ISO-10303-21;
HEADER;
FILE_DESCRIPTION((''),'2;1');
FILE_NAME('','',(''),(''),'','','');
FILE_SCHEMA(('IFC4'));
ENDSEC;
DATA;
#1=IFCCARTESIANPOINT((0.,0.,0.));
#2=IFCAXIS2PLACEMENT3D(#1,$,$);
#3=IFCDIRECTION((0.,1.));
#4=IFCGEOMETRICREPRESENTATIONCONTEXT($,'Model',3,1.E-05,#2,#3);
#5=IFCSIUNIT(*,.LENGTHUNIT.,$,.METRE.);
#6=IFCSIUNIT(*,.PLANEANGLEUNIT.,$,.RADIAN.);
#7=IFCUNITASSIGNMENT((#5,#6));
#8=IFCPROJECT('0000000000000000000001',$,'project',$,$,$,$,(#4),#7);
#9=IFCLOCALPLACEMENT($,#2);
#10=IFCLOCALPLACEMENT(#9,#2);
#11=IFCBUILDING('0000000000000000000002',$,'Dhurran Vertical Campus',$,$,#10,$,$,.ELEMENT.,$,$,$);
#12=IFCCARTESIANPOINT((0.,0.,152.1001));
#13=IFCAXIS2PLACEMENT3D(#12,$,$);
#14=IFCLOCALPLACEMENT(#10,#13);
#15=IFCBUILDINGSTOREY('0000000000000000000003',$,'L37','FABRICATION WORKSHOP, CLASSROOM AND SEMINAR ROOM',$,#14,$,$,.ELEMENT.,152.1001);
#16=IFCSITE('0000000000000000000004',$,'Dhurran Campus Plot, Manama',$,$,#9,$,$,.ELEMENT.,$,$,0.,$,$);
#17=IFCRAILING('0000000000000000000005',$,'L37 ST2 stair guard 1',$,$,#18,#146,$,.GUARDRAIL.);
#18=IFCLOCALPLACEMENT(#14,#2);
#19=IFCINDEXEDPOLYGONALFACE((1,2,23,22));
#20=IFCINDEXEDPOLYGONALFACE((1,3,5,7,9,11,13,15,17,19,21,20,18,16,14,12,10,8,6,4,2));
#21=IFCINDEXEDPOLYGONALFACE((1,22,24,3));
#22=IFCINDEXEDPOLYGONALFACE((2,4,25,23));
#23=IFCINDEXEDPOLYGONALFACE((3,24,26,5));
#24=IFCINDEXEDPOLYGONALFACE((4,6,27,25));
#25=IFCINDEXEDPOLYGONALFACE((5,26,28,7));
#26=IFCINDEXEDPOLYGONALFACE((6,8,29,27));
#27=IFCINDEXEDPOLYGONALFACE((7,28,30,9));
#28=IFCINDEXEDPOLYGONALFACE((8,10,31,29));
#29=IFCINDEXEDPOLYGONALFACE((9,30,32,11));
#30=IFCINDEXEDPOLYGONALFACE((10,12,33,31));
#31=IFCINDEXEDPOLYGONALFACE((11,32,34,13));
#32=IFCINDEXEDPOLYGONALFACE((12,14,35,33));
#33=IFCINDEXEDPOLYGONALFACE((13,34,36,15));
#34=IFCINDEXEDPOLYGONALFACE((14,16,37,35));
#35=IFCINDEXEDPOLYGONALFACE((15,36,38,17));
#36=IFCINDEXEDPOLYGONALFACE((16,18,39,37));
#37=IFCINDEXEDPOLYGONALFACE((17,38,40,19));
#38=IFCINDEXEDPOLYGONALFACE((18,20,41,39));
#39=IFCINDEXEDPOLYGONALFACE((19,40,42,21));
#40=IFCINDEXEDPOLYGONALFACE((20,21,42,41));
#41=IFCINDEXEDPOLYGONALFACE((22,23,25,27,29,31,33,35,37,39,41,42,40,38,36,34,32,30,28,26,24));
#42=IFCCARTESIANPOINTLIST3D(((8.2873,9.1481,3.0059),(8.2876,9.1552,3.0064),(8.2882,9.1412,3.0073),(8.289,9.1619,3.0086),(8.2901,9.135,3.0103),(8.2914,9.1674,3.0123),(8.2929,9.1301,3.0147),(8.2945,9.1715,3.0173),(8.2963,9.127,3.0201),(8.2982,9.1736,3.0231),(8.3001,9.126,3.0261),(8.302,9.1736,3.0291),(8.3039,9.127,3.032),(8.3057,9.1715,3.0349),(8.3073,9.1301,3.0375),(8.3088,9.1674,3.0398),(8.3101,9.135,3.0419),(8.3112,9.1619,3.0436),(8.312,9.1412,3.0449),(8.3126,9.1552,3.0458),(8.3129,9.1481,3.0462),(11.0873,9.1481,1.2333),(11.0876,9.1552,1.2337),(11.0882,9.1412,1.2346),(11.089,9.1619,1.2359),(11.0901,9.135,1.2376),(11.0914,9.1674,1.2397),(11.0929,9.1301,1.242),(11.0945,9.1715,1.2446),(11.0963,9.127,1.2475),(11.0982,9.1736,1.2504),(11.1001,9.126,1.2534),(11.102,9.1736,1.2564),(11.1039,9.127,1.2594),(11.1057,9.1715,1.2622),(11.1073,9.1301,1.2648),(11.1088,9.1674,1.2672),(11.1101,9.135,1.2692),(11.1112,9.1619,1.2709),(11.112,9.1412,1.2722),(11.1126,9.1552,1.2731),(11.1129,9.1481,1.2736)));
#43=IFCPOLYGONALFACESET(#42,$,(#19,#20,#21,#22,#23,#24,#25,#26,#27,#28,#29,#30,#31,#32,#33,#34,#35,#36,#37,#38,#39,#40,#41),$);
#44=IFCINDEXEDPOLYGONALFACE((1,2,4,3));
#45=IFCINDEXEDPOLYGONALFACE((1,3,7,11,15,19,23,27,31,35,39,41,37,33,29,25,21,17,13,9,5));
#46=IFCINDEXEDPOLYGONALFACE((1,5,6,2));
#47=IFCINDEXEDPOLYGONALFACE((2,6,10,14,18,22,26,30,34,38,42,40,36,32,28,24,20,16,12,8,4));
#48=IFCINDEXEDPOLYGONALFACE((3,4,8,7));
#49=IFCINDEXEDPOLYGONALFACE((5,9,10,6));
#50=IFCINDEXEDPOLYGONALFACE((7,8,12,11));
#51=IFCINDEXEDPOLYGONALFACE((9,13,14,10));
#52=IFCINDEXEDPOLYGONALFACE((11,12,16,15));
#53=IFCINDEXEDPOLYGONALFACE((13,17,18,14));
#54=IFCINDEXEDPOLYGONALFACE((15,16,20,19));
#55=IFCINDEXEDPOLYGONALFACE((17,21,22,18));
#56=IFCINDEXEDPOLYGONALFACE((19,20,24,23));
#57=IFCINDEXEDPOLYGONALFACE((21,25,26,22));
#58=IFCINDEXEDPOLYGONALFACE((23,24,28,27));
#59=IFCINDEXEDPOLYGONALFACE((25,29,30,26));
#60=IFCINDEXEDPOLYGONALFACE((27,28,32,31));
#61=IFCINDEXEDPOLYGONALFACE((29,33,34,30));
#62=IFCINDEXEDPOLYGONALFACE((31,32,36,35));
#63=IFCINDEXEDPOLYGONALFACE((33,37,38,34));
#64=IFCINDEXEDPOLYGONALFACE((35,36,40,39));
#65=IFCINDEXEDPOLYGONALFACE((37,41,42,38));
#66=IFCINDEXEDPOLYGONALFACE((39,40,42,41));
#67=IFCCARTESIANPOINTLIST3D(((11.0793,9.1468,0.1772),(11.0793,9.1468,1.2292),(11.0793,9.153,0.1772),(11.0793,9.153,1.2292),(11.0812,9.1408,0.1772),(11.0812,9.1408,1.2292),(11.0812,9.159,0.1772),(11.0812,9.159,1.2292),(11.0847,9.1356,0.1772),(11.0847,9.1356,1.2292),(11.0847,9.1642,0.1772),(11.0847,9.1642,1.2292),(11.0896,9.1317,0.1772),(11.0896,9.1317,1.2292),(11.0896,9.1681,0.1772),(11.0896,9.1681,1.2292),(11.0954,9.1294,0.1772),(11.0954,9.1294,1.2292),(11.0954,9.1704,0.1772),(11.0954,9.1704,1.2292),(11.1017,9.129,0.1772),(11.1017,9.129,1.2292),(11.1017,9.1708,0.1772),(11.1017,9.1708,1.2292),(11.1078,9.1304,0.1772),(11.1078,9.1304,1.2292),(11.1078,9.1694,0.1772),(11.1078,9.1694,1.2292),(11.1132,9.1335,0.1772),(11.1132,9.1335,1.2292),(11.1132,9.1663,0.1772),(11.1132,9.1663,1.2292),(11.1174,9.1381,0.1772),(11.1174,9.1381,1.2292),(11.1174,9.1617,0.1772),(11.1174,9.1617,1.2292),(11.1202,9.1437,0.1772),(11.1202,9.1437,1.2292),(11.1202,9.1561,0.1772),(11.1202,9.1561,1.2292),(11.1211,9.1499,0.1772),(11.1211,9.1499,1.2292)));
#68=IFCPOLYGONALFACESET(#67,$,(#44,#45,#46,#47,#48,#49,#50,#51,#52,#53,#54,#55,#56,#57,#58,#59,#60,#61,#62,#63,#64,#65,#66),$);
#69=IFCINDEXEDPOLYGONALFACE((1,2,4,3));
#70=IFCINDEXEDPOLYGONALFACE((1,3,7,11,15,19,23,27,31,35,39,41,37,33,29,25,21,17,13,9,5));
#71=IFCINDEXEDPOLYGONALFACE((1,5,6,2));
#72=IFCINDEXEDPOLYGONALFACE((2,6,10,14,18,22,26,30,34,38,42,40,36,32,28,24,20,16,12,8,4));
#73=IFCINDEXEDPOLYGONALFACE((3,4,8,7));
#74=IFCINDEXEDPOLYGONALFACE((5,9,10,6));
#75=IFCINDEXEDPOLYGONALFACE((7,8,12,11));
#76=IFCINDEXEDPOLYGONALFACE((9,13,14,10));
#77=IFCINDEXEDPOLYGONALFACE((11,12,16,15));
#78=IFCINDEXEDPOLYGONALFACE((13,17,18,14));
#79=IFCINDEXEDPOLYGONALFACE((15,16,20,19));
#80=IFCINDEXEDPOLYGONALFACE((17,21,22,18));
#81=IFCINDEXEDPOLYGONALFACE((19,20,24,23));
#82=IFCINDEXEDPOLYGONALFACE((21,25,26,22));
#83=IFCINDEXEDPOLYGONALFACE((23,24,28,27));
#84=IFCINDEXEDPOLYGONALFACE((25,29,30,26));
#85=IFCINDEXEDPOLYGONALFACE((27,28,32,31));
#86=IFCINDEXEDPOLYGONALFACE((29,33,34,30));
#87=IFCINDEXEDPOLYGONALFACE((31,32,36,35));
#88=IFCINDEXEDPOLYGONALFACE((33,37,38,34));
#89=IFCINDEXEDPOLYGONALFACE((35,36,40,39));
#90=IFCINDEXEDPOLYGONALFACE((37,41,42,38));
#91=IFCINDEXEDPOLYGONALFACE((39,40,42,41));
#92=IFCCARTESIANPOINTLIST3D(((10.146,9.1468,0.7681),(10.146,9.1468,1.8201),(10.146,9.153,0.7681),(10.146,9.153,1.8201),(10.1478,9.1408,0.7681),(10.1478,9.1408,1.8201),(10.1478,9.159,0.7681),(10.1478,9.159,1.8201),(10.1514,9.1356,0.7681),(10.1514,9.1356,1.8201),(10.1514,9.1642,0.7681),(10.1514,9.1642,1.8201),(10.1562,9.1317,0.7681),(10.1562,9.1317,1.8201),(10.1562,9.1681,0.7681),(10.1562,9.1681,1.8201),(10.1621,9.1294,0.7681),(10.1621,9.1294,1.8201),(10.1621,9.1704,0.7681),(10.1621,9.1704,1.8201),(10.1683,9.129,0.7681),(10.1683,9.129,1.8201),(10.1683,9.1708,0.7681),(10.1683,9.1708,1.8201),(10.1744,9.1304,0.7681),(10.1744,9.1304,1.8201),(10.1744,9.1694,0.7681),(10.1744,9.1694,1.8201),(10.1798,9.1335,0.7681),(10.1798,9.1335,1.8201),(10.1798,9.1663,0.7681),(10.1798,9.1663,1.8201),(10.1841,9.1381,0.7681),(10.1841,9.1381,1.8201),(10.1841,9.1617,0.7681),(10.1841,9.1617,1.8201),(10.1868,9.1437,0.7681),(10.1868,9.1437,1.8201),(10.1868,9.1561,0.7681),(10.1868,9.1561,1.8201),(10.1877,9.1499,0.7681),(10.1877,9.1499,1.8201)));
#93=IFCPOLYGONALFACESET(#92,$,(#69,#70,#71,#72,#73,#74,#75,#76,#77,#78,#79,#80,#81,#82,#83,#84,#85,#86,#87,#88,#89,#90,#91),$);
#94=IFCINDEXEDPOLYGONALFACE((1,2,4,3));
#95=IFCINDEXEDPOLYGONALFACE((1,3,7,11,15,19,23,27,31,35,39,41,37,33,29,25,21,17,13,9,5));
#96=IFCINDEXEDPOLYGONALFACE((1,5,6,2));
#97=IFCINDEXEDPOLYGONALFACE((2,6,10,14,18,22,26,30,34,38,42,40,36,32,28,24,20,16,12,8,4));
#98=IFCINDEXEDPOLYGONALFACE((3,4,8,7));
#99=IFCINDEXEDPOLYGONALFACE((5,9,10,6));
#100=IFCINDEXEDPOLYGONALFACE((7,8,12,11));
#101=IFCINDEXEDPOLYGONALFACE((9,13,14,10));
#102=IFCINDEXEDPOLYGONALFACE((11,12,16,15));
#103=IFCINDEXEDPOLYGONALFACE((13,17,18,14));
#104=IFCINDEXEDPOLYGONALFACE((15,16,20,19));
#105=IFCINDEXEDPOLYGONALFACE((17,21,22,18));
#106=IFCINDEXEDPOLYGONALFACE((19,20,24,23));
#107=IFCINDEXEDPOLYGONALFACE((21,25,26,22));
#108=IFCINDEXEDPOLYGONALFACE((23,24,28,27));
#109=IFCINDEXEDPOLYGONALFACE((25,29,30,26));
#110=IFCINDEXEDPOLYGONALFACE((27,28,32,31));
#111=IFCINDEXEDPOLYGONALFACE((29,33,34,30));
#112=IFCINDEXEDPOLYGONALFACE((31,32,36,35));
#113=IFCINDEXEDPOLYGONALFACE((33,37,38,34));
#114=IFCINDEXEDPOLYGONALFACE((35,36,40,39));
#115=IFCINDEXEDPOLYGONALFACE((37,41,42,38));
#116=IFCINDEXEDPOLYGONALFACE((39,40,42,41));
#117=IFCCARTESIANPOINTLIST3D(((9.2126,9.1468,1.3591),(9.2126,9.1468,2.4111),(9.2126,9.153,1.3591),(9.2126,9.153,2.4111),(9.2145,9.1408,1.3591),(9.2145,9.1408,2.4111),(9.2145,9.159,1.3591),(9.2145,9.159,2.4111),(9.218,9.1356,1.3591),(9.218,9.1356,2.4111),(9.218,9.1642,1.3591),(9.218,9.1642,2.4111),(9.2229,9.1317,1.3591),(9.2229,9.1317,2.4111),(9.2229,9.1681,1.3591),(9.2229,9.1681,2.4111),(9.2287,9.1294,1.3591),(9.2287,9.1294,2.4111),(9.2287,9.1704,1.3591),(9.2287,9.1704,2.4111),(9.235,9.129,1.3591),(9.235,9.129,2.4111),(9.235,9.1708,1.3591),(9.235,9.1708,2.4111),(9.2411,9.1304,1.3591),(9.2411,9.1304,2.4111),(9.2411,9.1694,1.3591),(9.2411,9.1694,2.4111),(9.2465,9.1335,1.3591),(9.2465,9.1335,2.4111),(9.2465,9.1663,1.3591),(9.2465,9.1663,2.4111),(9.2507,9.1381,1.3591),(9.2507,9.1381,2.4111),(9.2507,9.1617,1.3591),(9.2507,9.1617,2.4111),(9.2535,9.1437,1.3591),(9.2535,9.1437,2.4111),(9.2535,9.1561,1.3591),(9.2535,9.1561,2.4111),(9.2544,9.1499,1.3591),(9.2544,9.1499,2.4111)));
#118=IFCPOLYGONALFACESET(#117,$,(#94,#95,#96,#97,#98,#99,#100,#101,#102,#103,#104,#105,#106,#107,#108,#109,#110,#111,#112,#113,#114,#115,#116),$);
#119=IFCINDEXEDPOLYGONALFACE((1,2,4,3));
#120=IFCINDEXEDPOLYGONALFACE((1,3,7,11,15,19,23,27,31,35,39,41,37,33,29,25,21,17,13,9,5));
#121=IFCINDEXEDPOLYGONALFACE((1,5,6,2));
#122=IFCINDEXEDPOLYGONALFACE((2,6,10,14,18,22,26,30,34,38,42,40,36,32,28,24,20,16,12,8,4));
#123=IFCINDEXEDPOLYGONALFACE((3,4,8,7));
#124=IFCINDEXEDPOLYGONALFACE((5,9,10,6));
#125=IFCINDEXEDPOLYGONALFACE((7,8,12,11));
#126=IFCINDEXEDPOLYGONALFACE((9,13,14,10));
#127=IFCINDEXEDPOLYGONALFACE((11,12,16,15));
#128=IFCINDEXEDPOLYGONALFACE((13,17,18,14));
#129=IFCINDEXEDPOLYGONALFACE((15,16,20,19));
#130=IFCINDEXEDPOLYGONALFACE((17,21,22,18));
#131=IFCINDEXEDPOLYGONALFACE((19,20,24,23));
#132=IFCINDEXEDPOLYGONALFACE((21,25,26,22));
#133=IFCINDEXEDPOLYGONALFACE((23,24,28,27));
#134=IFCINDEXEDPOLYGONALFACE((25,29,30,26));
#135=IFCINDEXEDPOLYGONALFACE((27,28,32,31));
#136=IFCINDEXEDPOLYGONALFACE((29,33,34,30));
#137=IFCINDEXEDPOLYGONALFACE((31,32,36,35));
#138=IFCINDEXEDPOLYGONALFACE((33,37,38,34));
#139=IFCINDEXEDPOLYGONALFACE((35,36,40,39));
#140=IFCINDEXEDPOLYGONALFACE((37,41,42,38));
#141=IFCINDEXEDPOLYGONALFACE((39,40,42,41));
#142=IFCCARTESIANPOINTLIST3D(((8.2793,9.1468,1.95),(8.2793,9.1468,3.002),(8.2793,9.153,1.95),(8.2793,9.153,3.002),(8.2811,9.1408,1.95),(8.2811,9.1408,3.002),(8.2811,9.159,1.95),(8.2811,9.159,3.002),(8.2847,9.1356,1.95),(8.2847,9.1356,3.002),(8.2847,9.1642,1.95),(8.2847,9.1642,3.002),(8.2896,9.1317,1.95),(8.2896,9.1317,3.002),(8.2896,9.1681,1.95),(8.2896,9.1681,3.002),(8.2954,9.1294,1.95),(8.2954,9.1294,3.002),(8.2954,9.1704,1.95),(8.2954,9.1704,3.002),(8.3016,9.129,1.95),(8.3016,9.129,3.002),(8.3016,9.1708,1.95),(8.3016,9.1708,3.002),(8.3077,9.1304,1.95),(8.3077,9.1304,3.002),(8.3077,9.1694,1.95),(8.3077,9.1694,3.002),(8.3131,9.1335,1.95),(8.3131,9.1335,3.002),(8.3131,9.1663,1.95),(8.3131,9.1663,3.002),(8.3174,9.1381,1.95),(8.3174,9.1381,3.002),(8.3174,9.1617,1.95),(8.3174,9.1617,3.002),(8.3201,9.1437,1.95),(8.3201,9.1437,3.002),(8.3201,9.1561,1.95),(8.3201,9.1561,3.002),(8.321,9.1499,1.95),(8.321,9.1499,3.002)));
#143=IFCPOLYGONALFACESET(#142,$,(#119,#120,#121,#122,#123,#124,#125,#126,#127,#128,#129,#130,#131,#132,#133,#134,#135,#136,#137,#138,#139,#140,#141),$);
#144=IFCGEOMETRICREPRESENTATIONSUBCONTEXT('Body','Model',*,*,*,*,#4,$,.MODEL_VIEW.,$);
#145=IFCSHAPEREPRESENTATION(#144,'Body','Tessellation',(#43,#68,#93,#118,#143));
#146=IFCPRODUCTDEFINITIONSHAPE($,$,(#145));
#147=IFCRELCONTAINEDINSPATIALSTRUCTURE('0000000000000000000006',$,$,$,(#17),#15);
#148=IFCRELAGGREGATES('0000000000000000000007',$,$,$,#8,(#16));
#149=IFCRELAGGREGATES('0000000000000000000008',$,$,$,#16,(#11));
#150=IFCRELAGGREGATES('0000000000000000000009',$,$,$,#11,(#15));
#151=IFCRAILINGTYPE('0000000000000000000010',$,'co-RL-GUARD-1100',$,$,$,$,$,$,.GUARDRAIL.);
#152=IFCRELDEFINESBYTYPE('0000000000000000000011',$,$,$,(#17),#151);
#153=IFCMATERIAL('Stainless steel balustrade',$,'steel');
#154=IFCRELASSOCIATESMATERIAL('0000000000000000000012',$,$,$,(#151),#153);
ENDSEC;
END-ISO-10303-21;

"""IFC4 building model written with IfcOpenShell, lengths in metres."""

from ifc_helpers import new_model, si_unit, direction, frame, origin, origin_2d, place, context, subcontext, project, spatial, circle, extrude, material, type_object, element, save


model = new_model("IFC4")

# Units and contexts
model_context = context("Model", 3, precision=1e-05, world=origin(), true_north=direction((0.0, 1.0)))
body_context = subcontext(model_context, "Body", "Model", "MODEL_VIEW")
ifc_project = project(units=[si_unit("LENGTHUNIT", "METRE"), si_unit("PLANEANGLEUNIT", "RADIAN")], contexts=[model_context])

# Site, building, storey
site_placement = place(None, origin())
site = spatial("IfcSite", under=ifc_project, at=site_placement, Name="Dhurran Campus Plot, Manama", CompositionType="ELEMENT", RefElevation=0.0)
building_placement = place(site_placement, origin())
building = spatial("IfcBuilding", under=site, at=building_placement, Name="Dhurran Vertical Campus", CompositionType="ELEMENT")
storey_placement = place(building_placement, frame((0.0, 0.0, 152.1001)))
storey = spatial("IfcBuildingStorey", under=building, at=storey_placement, Name="L37", Description="FABRICATION WORKSHOP, CLASSROOM AND SEMINAR ROOM", CompositionType="ELEMENT", Elevation=152.1001)

# Railing
ifc_material_1 = material(Name="Stainless steel balustrade", Category="steel")
railing_type_1 = type_object("IfcRailingType", Name="co-RL-GUARD-1100", PredefinedType="GUARDRAIL", material=ifc_material_1)
railing_1_placement = place(storey_placement, frame((11.1001, 9.1499, 0.1772)))
element("IfcRailing", 1, at=railing_1_placement, inside=storey, type_object=railing_type_1, Name="L37 ST2 stair guard 1", PredefinedType="GUARDRAIL", context=body_context, shape_type="SweptSolid", body=[
    extrude(circle(Radius=0.0239, at=origin_2d()), frame((0.0, 0.0, 1.0762), z_axis=(-0.844909, 0.0, 0.53491), x_axis=(0.0, -1.0, 0.0)), (0.0, 0.0, 1.0), 3.314),
    extrude(circle(Radius=0.021, at=origin_2d()), origin(), (0.0, 0.0, 1.0), 1.052),
    extrude(circle(Radius=0.021, at=origin_2d()), frame((-0.9333, 0.0, 0.5908)), (0.0, 0.0, 1.0), 1.052),
    extrude(circle(Radius=0.021, at=origin_2d()), frame((-1.8667, 0.0, 1.1819)), (0.0, 0.0, 1.0), 1.052),
    extrude(circle(Radius=0.021, at=origin_2d()), frame((-2.8, 0.0, 1.7727)), (0.0, 0.0, 1.0), 1.052),
])

save(model, "model.ifc")
